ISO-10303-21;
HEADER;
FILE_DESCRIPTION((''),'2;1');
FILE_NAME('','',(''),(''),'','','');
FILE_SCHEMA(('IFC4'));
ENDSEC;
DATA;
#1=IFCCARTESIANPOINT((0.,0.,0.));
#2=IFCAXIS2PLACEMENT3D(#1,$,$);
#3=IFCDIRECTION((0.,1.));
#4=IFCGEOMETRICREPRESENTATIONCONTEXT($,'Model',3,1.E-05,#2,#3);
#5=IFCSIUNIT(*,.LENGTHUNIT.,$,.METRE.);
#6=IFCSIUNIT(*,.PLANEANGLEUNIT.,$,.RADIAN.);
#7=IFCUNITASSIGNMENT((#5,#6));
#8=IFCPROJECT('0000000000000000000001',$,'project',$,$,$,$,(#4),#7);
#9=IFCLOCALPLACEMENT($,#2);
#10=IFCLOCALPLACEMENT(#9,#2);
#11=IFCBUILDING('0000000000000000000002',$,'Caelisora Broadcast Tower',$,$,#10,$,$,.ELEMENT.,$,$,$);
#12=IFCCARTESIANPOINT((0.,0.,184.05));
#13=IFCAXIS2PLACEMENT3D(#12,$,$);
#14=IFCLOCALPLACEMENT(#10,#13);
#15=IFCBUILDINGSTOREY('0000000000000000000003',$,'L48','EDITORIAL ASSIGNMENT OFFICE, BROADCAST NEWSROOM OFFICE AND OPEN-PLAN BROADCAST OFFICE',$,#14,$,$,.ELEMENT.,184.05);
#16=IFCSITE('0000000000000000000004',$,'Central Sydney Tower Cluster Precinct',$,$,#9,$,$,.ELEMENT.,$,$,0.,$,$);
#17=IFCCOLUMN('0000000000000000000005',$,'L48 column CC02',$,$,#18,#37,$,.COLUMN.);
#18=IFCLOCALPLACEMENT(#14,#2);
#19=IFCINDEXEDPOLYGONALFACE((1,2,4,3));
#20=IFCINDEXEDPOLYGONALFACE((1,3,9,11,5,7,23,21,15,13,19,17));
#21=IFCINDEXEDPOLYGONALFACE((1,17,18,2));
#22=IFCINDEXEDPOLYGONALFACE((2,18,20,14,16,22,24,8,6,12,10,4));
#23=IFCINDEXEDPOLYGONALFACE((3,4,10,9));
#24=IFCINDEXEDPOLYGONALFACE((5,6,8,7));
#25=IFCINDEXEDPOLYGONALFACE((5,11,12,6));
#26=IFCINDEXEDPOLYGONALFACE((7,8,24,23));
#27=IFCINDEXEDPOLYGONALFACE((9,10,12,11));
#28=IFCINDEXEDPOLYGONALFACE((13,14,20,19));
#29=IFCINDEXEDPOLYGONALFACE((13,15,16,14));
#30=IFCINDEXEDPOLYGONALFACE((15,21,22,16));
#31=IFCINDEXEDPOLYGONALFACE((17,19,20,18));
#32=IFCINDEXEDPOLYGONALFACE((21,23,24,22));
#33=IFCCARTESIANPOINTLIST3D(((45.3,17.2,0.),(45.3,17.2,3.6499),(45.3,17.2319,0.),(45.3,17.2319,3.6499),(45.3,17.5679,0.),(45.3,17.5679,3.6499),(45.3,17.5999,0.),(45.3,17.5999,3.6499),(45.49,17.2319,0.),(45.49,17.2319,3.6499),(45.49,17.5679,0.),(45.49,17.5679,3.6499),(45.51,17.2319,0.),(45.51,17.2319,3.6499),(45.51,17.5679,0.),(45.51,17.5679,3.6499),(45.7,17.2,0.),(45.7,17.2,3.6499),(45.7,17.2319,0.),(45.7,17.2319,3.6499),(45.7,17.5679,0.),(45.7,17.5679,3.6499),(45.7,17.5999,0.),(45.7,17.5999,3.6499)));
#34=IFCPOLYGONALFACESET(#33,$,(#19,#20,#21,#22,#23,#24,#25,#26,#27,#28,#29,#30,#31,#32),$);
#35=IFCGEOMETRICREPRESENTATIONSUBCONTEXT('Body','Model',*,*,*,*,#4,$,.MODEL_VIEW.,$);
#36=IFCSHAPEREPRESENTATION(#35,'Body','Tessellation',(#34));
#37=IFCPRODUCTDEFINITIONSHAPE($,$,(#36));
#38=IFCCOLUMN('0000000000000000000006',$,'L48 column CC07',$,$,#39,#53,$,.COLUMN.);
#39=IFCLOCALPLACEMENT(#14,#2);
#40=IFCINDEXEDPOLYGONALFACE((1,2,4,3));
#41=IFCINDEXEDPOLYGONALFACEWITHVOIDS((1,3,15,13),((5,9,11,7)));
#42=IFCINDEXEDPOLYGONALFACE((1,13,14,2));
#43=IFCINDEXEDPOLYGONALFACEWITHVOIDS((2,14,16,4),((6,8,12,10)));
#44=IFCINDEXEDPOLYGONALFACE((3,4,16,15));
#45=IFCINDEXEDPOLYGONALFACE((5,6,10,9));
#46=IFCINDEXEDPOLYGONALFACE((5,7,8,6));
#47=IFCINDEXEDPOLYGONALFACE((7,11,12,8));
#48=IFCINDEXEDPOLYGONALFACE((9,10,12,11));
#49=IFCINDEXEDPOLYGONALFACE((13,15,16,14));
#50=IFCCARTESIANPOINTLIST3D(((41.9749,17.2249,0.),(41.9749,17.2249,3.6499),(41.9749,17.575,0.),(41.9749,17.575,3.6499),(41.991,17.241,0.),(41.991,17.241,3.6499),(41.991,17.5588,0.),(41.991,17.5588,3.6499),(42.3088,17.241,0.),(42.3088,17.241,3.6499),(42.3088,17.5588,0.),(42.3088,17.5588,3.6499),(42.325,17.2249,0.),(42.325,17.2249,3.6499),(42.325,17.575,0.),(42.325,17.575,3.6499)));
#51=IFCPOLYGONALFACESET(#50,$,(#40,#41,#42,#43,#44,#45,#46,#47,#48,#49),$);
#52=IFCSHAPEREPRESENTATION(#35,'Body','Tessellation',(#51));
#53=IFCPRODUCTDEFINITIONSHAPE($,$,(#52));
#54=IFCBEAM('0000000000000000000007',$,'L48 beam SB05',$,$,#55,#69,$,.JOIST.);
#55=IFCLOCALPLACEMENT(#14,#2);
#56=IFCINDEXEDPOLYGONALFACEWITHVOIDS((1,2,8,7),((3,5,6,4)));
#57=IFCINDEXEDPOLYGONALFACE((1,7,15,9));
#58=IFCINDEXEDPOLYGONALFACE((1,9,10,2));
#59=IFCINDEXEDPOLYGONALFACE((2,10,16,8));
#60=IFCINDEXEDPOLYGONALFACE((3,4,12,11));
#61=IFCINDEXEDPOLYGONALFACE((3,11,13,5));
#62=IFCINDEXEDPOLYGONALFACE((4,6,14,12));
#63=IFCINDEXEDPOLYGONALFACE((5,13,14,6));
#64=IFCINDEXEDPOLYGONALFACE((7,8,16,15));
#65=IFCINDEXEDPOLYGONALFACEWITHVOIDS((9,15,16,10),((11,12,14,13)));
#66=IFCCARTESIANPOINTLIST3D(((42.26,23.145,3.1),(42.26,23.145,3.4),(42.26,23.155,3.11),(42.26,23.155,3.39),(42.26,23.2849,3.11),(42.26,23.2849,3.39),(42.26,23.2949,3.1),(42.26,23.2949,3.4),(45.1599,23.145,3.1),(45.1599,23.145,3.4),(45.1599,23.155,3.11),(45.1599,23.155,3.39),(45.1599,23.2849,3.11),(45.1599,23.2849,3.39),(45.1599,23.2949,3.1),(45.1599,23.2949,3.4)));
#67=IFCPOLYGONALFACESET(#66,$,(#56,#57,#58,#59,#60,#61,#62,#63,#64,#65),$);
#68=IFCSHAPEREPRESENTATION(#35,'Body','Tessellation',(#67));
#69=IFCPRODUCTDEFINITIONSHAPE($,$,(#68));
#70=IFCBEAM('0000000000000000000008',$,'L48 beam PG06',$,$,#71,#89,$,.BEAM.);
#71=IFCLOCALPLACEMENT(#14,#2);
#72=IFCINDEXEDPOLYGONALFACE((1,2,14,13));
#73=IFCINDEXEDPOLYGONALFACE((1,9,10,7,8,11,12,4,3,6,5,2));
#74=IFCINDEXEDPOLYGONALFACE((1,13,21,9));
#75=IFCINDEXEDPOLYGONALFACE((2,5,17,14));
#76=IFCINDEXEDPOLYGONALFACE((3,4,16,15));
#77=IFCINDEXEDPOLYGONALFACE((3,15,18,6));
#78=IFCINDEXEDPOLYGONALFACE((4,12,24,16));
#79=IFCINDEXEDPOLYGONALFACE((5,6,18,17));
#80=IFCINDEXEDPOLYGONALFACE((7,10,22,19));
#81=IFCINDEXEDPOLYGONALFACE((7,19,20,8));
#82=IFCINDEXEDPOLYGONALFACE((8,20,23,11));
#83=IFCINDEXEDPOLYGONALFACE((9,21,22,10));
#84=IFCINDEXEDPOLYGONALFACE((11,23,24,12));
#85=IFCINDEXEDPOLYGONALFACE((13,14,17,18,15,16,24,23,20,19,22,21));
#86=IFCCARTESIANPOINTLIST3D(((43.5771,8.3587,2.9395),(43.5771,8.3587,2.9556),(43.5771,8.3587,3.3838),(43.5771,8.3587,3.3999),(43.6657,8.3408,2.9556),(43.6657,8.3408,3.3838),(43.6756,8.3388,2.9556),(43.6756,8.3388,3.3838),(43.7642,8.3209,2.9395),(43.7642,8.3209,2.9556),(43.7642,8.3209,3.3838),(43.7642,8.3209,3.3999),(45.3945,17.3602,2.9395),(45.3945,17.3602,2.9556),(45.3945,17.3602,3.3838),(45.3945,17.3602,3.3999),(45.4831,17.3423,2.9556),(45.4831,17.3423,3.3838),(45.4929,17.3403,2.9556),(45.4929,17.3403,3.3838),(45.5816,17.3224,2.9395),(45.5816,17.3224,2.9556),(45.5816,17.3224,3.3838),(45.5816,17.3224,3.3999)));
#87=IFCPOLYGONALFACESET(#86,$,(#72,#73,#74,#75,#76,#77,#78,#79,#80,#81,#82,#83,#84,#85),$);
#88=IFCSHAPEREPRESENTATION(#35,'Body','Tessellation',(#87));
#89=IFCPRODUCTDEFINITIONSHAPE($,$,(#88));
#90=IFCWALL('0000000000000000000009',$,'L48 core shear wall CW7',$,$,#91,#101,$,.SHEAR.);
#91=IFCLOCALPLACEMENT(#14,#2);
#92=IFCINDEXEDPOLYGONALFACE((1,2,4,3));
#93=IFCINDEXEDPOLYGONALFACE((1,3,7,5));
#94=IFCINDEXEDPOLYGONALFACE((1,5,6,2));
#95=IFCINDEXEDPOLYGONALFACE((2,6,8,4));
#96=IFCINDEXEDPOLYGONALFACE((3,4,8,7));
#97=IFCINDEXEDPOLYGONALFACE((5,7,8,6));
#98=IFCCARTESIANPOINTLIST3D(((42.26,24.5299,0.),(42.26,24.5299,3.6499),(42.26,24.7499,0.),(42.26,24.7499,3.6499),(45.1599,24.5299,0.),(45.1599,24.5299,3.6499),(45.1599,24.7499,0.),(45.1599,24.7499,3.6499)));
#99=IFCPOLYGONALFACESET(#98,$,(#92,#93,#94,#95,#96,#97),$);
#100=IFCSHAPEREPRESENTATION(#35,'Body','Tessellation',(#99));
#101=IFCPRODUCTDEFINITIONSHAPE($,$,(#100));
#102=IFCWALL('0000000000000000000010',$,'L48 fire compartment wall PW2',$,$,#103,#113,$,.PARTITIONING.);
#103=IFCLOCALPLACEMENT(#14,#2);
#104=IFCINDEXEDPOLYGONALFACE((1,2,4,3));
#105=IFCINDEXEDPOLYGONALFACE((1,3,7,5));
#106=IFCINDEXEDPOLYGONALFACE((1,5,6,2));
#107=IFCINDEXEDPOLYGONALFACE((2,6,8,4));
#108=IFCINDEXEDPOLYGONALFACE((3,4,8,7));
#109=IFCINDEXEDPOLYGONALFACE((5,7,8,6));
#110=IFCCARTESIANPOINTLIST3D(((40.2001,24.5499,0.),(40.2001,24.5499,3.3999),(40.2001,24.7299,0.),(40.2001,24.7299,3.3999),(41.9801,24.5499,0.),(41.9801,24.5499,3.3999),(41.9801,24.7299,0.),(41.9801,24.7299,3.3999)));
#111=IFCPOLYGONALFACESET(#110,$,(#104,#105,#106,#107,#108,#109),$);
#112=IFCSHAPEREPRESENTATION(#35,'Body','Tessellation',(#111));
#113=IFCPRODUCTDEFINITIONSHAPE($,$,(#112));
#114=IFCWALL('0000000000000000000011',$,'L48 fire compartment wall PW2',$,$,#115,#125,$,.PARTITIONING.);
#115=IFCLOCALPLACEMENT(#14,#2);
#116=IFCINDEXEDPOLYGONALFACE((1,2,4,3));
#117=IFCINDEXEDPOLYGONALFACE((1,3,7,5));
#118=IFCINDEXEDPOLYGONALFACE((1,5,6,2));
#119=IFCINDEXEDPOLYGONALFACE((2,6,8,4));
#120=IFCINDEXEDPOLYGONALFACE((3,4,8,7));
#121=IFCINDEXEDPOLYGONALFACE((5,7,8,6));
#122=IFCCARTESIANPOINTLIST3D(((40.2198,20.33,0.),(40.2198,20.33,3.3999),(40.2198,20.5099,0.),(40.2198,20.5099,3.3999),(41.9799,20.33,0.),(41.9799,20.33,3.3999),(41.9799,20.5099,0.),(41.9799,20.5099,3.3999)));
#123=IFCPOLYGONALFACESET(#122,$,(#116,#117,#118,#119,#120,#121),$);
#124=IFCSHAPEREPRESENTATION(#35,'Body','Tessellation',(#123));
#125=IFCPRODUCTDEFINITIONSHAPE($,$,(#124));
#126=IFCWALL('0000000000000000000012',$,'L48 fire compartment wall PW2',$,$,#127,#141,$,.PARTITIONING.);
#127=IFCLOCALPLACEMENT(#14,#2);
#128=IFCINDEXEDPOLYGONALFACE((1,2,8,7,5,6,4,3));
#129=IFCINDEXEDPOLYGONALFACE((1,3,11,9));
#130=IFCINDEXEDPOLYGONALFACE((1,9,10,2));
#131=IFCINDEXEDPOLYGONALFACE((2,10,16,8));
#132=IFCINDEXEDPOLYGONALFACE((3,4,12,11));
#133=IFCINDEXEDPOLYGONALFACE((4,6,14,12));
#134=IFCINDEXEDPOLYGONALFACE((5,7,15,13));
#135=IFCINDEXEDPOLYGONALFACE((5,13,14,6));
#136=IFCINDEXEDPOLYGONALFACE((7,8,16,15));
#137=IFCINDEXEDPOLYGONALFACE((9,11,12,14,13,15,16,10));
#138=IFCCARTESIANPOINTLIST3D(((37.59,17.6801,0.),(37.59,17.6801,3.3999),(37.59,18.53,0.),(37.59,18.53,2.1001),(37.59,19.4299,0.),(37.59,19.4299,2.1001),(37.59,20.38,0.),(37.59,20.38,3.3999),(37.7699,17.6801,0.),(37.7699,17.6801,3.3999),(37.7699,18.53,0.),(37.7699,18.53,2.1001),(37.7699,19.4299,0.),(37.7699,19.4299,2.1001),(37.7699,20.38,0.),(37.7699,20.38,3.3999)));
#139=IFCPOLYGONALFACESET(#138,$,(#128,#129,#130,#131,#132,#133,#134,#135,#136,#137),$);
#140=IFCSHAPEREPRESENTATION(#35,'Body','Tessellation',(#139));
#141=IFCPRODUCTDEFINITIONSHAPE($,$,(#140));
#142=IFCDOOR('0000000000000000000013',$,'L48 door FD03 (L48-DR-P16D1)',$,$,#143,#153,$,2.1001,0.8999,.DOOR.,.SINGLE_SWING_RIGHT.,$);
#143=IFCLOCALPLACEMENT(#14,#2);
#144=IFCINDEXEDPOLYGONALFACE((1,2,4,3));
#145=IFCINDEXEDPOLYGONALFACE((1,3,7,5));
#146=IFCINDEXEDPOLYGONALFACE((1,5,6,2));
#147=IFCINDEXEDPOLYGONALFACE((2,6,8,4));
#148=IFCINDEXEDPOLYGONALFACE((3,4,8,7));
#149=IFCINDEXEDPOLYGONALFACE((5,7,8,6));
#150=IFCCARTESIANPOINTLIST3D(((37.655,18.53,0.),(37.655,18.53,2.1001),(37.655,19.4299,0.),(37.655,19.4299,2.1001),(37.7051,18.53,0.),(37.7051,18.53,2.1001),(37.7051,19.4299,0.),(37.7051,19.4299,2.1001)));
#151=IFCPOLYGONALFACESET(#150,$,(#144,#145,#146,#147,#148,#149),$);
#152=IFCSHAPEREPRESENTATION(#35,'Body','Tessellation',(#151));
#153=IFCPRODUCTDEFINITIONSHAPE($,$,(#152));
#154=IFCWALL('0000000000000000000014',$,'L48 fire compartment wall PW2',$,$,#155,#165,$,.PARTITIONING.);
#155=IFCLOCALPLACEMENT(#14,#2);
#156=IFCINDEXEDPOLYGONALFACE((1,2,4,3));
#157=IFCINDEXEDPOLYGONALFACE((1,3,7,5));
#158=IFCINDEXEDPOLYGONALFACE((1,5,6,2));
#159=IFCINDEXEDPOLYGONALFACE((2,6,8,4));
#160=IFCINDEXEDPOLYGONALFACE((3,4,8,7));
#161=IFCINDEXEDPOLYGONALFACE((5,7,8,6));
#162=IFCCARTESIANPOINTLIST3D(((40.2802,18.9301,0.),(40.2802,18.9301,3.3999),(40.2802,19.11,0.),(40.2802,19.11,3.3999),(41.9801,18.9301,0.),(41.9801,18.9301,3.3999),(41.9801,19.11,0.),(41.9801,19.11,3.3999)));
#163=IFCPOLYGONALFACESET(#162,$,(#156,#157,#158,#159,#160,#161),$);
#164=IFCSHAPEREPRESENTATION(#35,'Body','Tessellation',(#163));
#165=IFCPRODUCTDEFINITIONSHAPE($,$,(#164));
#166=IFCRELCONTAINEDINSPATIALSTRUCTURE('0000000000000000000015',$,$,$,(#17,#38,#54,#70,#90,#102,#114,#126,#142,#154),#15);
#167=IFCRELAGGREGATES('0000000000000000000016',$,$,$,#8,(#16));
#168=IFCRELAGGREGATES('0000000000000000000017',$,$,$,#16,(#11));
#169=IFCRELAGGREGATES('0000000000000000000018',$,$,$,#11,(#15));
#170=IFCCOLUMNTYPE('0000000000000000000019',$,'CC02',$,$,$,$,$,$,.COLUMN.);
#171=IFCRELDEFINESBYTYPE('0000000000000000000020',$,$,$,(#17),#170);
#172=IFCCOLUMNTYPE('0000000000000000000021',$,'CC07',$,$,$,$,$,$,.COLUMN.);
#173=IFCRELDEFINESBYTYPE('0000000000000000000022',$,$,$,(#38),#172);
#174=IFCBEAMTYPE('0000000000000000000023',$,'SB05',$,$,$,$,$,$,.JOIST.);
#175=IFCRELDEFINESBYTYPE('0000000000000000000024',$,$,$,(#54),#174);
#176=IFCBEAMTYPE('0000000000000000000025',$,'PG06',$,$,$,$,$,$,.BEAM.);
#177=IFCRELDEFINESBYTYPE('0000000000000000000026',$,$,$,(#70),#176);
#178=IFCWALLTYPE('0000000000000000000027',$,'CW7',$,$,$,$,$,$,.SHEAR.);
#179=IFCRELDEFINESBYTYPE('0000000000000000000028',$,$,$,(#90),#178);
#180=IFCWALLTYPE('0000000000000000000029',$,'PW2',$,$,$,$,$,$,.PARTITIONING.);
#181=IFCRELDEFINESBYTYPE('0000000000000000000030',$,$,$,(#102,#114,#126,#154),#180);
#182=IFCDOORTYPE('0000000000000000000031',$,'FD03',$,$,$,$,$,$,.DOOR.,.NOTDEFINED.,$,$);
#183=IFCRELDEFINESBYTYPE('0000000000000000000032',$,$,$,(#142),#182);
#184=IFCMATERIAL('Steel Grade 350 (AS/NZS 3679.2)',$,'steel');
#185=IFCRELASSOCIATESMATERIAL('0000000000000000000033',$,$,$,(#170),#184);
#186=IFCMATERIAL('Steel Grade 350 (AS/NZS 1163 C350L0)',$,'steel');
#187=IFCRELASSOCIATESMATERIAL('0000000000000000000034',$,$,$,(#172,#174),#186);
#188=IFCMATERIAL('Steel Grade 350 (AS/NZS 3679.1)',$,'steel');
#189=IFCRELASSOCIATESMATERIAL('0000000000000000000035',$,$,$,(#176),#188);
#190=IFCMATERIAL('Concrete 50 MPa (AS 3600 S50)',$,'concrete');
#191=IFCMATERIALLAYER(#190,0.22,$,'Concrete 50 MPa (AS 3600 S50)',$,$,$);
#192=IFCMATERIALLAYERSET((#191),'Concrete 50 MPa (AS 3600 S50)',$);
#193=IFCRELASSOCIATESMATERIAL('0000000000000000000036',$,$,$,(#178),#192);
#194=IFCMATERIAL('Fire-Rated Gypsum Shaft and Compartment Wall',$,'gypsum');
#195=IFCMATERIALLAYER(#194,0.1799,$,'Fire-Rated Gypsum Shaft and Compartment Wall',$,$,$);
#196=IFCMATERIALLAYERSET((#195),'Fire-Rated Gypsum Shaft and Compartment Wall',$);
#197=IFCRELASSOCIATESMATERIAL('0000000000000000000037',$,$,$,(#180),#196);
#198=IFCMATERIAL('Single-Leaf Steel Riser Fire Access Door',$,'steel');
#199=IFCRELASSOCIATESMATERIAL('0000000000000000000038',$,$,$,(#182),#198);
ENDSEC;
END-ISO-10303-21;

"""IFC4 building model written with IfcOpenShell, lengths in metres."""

from ifc_helpers import new_model, si_unit, direction, frame, frame_2d, origin, origin_2d, place, context, subcontext, project, spatial, rectangle, hollow_rectangle, i_section, extrude, source, transform, mapped, material, layer, layer_set, material_profile, profile_set, type_object, type_shapes, element, fill, save


model = new_model("IFC4")

# Units and contexts
model_context = context("Model", 3, precision=1e-05, world=origin(), true_north=direction((0.0, 1.0)))
body_context = subcontext(model_context, "Body", "Model", "MODEL_VIEW")
ifc_project = project(units=[si_unit("LENGTHUNIT", "METRE"), si_unit("PLANEANGLEUNIT", "RADIAN")], contexts=[model_context])

# Site, building, storey
site_placement = place(None, origin())
site = spatial("IfcSite", under=ifc_project, at=site_placement, Name="Central Sydney Tower Cluster Precinct", CompositionType="ELEMENT", RefElevation=0.0)
building_placement = place(site_placement, origin())
building = spatial("IfcBuilding", under=site, at=building_placement, Name="Caelisora Broadcast Tower", CompositionType="ELEMENT")
storey_placement = place(building_placement, frame((0.0, 0.0, 184.05)))
storey = spatial("IfcBuildingStorey", under=building, at=storey_placement, Name="L48", Description="EDITORIAL ASSIGNMENT OFFICE, BROADCAST NEWSROOM OFFICE AND OPEN-PLAN BROADCAST OFFICE", CompositionType="ELEMENT", Elevation=184.05)

# Columns
ifc_material_1 = material(Name="Steel Grade 350 (AS/NZS 3679.2)", Category="steel")
ifc_material_profile_1 = material_profile(ifc_material_1, i_section(OverallWidth=0.3999, OverallDepth=0.3999, WebThickness=0.02, FlangeThickness=0.032, at=origin_2d()), Name="Steel Grade 350 (AS/NZS 3679.2)")
ifc_profile_set_1 = profile_set([ifc_material_profile_1], Name="Steel Grade 350 (AS/NZS 3679.2)")
column_type_1 = type_object("IfcColumnType", Name="CC02", PredefinedType="COLUMN", material=ifc_profile_set_1)
shared_shape_1 = source(origin(), body_context, "Body", "SweptSolid", [
    extrude(i_section(OverallWidth=0.3999, OverallDepth=0.3999, WebThickness=0.02, FlangeThickness=0.032, at=origin_2d()), origin(), (0.0, 0.0, 1.0), 3.6499),
])
type_shapes(column_type_1, [shared_shape_1])
column_1_placement = place(storey_placement, frame((45.5, 17.3999, 0.0), z_axis=(0.0, 0.0, 1.0), x_axis=(1.0, 0.0, 0.0)))
element("IfcColumn", 1, at=column_1_placement, inside=storey, type_object=column_type_1, Name="L48 column CC02", PredefinedType="COLUMN", context=body_context, shape_type="MappedRepresentation", body=[
    mapped(shared_shape_1, transform((0.0, 0.0, 0.0), scale=1.0)),
])
ifc_material_2 = material(Name="Steel Grade 350 (AS/NZS 1163 C350L0)", Category="steel")
ifc_material_profile_2 = material_profile(ifc_material_2, hollow_rectangle(XDim=0.3501, YDim=0.3501, WallThickness=0.0161, at=origin_2d()), Name="Steel Grade 350 (AS/NZS 1163 C350L0)")
ifc_profile_set_2 = profile_set([ifc_material_profile_2], Name="Steel Grade 350 (AS/NZS 1163 C350L0)")
column_type_2 = type_object("IfcColumnType", Name="CC07", PredefinedType="COLUMN", material=ifc_profile_set_2)
shared_shape_2 = source(origin(), body_context, "Body", "SweptSolid", [
    extrude(hollow_rectangle(XDim=0.3501, YDim=0.3501, WallThickness=0.0161, at=origin_2d()), origin(), (0.0, 0.0, 1.0), 3.6499),
])
type_shapes(column_type_2, [shared_shape_2])
column_2_placement = place(storey_placement, frame((42.1499, 17.3999, 0.0), z_axis=(0.0, 0.0, 1.0), x_axis=(1.0, 0.0, 0.0)))
element("IfcColumn", 2, at=column_2_placement, inside=storey, type_object=column_type_2, Name="L48 column CC07", PredefinedType="COLUMN", context=body_context, shape_type="MappedRepresentation", body=[
    mapped(shared_shape_2, transform((0.0, 0.0, 0.0), scale=1.0)),
])

# Beams
ifc_material_profile_3 = material_profile(ifc_material_2, hollow_rectangle(XDim=0.1499, YDim=0.3, WallThickness=0.01, at=origin_2d()), Name="Steel Grade 350 (AS/NZS 1163 C350L0)")
ifc_profile_set_3 = profile_set([ifc_material_profile_3], Name="Steel Grade 350 (AS/NZS 1163 C350L0)")
beam_type_1 = type_object("IfcBeamType", Name="SB05", PredefinedType="JOIST", material=ifc_profile_set_3)
shared_shape_3 = source(origin(), body_context, "Body", "SweptSolid", [
    extrude(hollow_rectangle(XDim=0.1499, YDim=0.3, WallThickness=0.01, at=origin_2d()), origin(), (0.0, 0.0, 1.0), 2.8999),
])
type_shapes(beam_type_1, [shared_shape_3])
beam_1_placement = place(storey_placement, frame((42.26, 23.22, 3.25), z_axis=(1.0, 0.0, 0.0), x_axis=(0.0, 1.0, 0.0)))
element("IfcBeam", 3, at=beam_1_placement, inside=storey, type_object=beam_type_1, Name="L48 beam SB05", PredefinedType="JOIST", context=body_context, shape_type="MappedRepresentation", body=[
    mapped(shared_shape_3, transform((0.0, 0.0, 0.0), scale=1.0)),
])
ifc_material_3 = material(Name="Steel Grade 350 (AS/NZS 3679.1)", Category="steel")
ifc_material_profile_4 = material_profile(ifc_material_3, i_section(OverallWidth=0.1909, OverallDepth=0.4604, WebThickness=0.01, FlangeThickness=0.0161, at=origin_2d()), Name="Steel Grade 350 (AS/NZS 3679.1)")
ifc_profile_set_4 = profile_set([ifc_material_profile_4], Name="Steel Grade 350 (AS/NZS 3679.1)")
beam_type_2 = type_object("IfcBeamType", Name="PG06", PredefinedType="BEAM", material=ifc_profile_set_4)
shared_shape_4 = source(origin(), body_context, "Body", "SweptSolid", [
    extrude(i_section(OverallWidth=0.1909, OverallDepth=0.4604, WebThickness=0.01, FlangeThickness=0.0161, at=origin_2d()), origin(), (0.0, 0.0, 1.0), 9.1831),
])
type_shapes(beam_type_2, [shared_shape_4])
beam_2_placement = place(storey_placement, frame((45.488, 17.3413, 3.1697), z_axis=(-0.197905, -0.980221, 0.0), x_axis=(0.980221, -0.197905, 0.0)))
element("IfcBeam", 4, at=beam_2_placement, inside=storey, type_object=beam_type_2, Name="L48 beam PG06", PredefinedType="BEAM", context=body_context, shape_type="MappedRepresentation", body=[
    mapped(shared_shape_4, transform((0.0, 0.0, 0.0), scale=1.0)),
])

# Walls
ifc_material_4 = material(Name="Concrete 50 MPa (AS 3600 S50)", Category="concrete")
ifc_layer_1 = layer(ifc_material_4, 0.22, Name="Concrete 50 MPa (AS 3600 S50)")
ifc_layer_set_1 = layer_set([ifc_layer_1], Name="Concrete 50 MPa (AS 3600 S50)")
wall_type_1 = type_object("IfcWallType", Name="CW7", PredefinedType="SHEAR", material=ifc_layer_set_1)
wall_1_placement = place(storey_placement, frame((42.26, 24.6399, 0.0), z_axis=(0.0, 0.0, 1.0), x_axis=(1.0, 0.0, 0.0)))
element("IfcWall", 5, at=wall_1_placement, inside=storey, type_object=wall_type_1, Name="L48 core shear wall CW7", PredefinedType="SHEAR", context=body_context, shape_type="SweptSolid", body=[
    extrude(rectangle(XDim=2.8999, YDim=0.22, at=frame_2d((1.45, 0.0))), origin(), (0.0, 0.0, 1.0), 3.6499),
])
ifc_material_5 = material(Name="Fire-Rated Gypsum Shaft and Compartment Wall", Category="gypsum")
ifc_layer_2 = layer(ifc_material_5, 0.1799, Name="Fire-Rated Gypsum Shaft and Compartment Wall")
ifc_layer_set_2 = layer_set([ifc_layer_2], Name="Fire-Rated Gypsum Shaft and Compartment Wall")
wall_type_2 = type_object("IfcWallType", Name="PW2", PredefinedType="PARTITIONING", material=ifc_layer_set_2)
wall_2_placement = place(storey_placement, frame((40.2, 24.6399, 0.0), z_axis=(0.0, 0.0, 1.0), x_axis=(1.0, 0.0, 0.0)))
element("IfcWall", 6, at=wall_2_placement, inside=storey, type_object=wall_type_2, Name="L48 fire compartment wall PW2", PredefinedType="PARTITIONING", context=body_context, shape_type="SweptSolid", body=[
    extrude(rectangle(XDim=1.78, YDim=0.1799, at=frame_2d((0.8901, 0.0))), origin(), (0.0, 0.0, 1.0), 3.3999),
])
wall_3_placement = place(storey_placement, frame((40.22, 20.4199, 0.0), z_axis=(0.0, 0.0, 1.0), x_axis=(1.0, 0.0, 0.0)))
element("IfcWall", 7, at=wall_3_placement, inside=storey, type_object=wall_type_2, Name="L48 fire compartment wall PW2", PredefinedType="PARTITIONING", context=body_context, shape_type="SweptSolid", body=[
    extrude(rectangle(XDim=1.76, YDim=0.1799, at=frame_2d((0.8799, 0.0))), origin(), (0.0, 0.0, 1.0), 3.3999),
])

# Wall, opening, door
wall_4_placement = place(storey_placement, frame((37.6799, 17.6799, 0.0), z_axis=(0.0, 0.0, 1.0), x_axis=(0.0, 1.0, 0.0)))
wall_4 = element("IfcWall", 8, at=wall_4_placement, inside=storey, type_object=wall_type_2, Name="L48 fire compartment wall PW2", PredefinedType="PARTITIONING", context=body_context, shape_type="SweptSolid", body=[
    extrude(rectangle(XDim=2.7, YDim=0.1799, at=frame_2d((1.3501, 0.0))), origin(), (0.0, 0.0, 1.0), 3.3999),
])
opening_1_placement = place(wall_4_placement, frame((0.8501, 0.0, 0.0)))
opening_1 = element("IfcOpeningElement", 9, at=opening_1_placement, cuts=wall_4, PredefinedType="OPENING", context=body_context, shape_type="SweptSolid", body=[
    extrude(rectangle(XDim=0.8999, YDim=2.1001, at=frame_2d((0.45, 1.05))), frame((0.0, 0.1021, 0.0), z_axis=(0.0, -1.0, 0.0), x_axis=(1.0, 0.0, 0.0)), (0.0, 0.0, 1.0), 0.2039),
])
ifc_material_6 = material(Name="Single-Leaf Steel Riser Fire Access Door", Category="steel")
door_type = type_object("IfcDoorType", Name="FD03", OperationType="NOTDEFINED", PredefinedType="DOOR", material=ifc_material_6)
door_1_placement = place(opening_1_placement, origin())
door_1 = element("IfcDoor", 10, at=door_1_placement, inside=storey, type_object=door_type, Name="L48 door FD03 (L48-DR-P16D1)", OperationType="SINGLE_SWING_RIGHT", OverallHeight=2.1001, OverallWidth=0.8999, PredefinedType="DOOR", context=body_context, shape_type="SweptSolid", body=[
    extrude(rectangle(XDim=0.8999, YDim=2.1001, at=frame_2d((0.45, 1.05))), frame((0.0, 0.0249, 0.0), z_axis=(0.0, -1.0, 0.0), x_axis=(1.0, 0.0, 0.0)), (0.0, 0.0, 1.0), 0.05),
])
fill(opening_1, door_1)

# Wall
wall_5_placement = place(storey_placement, frame((40.28, 19.02, 0.0), z_axis=(0.0, 0.0, 1.0), x_axis=(1.0, 0.0, 0.0)))
element("IfcWall", 11, at=wall_5_placement, inside=storey, type_object=wall_type_2, Name="L48 fire compartment wall PW2", PredefinedType="PARTITIONING", context=body_context, shape_type="SweptSolid", body=[
    extrude(rectangle(XDim=1.7, YDim=0.1799, at=frame_2d((0.8501, 0.0))), origin(), (0.0, 0.0, 1.0), 3.3999),
])

save(model, "model.ifc")
